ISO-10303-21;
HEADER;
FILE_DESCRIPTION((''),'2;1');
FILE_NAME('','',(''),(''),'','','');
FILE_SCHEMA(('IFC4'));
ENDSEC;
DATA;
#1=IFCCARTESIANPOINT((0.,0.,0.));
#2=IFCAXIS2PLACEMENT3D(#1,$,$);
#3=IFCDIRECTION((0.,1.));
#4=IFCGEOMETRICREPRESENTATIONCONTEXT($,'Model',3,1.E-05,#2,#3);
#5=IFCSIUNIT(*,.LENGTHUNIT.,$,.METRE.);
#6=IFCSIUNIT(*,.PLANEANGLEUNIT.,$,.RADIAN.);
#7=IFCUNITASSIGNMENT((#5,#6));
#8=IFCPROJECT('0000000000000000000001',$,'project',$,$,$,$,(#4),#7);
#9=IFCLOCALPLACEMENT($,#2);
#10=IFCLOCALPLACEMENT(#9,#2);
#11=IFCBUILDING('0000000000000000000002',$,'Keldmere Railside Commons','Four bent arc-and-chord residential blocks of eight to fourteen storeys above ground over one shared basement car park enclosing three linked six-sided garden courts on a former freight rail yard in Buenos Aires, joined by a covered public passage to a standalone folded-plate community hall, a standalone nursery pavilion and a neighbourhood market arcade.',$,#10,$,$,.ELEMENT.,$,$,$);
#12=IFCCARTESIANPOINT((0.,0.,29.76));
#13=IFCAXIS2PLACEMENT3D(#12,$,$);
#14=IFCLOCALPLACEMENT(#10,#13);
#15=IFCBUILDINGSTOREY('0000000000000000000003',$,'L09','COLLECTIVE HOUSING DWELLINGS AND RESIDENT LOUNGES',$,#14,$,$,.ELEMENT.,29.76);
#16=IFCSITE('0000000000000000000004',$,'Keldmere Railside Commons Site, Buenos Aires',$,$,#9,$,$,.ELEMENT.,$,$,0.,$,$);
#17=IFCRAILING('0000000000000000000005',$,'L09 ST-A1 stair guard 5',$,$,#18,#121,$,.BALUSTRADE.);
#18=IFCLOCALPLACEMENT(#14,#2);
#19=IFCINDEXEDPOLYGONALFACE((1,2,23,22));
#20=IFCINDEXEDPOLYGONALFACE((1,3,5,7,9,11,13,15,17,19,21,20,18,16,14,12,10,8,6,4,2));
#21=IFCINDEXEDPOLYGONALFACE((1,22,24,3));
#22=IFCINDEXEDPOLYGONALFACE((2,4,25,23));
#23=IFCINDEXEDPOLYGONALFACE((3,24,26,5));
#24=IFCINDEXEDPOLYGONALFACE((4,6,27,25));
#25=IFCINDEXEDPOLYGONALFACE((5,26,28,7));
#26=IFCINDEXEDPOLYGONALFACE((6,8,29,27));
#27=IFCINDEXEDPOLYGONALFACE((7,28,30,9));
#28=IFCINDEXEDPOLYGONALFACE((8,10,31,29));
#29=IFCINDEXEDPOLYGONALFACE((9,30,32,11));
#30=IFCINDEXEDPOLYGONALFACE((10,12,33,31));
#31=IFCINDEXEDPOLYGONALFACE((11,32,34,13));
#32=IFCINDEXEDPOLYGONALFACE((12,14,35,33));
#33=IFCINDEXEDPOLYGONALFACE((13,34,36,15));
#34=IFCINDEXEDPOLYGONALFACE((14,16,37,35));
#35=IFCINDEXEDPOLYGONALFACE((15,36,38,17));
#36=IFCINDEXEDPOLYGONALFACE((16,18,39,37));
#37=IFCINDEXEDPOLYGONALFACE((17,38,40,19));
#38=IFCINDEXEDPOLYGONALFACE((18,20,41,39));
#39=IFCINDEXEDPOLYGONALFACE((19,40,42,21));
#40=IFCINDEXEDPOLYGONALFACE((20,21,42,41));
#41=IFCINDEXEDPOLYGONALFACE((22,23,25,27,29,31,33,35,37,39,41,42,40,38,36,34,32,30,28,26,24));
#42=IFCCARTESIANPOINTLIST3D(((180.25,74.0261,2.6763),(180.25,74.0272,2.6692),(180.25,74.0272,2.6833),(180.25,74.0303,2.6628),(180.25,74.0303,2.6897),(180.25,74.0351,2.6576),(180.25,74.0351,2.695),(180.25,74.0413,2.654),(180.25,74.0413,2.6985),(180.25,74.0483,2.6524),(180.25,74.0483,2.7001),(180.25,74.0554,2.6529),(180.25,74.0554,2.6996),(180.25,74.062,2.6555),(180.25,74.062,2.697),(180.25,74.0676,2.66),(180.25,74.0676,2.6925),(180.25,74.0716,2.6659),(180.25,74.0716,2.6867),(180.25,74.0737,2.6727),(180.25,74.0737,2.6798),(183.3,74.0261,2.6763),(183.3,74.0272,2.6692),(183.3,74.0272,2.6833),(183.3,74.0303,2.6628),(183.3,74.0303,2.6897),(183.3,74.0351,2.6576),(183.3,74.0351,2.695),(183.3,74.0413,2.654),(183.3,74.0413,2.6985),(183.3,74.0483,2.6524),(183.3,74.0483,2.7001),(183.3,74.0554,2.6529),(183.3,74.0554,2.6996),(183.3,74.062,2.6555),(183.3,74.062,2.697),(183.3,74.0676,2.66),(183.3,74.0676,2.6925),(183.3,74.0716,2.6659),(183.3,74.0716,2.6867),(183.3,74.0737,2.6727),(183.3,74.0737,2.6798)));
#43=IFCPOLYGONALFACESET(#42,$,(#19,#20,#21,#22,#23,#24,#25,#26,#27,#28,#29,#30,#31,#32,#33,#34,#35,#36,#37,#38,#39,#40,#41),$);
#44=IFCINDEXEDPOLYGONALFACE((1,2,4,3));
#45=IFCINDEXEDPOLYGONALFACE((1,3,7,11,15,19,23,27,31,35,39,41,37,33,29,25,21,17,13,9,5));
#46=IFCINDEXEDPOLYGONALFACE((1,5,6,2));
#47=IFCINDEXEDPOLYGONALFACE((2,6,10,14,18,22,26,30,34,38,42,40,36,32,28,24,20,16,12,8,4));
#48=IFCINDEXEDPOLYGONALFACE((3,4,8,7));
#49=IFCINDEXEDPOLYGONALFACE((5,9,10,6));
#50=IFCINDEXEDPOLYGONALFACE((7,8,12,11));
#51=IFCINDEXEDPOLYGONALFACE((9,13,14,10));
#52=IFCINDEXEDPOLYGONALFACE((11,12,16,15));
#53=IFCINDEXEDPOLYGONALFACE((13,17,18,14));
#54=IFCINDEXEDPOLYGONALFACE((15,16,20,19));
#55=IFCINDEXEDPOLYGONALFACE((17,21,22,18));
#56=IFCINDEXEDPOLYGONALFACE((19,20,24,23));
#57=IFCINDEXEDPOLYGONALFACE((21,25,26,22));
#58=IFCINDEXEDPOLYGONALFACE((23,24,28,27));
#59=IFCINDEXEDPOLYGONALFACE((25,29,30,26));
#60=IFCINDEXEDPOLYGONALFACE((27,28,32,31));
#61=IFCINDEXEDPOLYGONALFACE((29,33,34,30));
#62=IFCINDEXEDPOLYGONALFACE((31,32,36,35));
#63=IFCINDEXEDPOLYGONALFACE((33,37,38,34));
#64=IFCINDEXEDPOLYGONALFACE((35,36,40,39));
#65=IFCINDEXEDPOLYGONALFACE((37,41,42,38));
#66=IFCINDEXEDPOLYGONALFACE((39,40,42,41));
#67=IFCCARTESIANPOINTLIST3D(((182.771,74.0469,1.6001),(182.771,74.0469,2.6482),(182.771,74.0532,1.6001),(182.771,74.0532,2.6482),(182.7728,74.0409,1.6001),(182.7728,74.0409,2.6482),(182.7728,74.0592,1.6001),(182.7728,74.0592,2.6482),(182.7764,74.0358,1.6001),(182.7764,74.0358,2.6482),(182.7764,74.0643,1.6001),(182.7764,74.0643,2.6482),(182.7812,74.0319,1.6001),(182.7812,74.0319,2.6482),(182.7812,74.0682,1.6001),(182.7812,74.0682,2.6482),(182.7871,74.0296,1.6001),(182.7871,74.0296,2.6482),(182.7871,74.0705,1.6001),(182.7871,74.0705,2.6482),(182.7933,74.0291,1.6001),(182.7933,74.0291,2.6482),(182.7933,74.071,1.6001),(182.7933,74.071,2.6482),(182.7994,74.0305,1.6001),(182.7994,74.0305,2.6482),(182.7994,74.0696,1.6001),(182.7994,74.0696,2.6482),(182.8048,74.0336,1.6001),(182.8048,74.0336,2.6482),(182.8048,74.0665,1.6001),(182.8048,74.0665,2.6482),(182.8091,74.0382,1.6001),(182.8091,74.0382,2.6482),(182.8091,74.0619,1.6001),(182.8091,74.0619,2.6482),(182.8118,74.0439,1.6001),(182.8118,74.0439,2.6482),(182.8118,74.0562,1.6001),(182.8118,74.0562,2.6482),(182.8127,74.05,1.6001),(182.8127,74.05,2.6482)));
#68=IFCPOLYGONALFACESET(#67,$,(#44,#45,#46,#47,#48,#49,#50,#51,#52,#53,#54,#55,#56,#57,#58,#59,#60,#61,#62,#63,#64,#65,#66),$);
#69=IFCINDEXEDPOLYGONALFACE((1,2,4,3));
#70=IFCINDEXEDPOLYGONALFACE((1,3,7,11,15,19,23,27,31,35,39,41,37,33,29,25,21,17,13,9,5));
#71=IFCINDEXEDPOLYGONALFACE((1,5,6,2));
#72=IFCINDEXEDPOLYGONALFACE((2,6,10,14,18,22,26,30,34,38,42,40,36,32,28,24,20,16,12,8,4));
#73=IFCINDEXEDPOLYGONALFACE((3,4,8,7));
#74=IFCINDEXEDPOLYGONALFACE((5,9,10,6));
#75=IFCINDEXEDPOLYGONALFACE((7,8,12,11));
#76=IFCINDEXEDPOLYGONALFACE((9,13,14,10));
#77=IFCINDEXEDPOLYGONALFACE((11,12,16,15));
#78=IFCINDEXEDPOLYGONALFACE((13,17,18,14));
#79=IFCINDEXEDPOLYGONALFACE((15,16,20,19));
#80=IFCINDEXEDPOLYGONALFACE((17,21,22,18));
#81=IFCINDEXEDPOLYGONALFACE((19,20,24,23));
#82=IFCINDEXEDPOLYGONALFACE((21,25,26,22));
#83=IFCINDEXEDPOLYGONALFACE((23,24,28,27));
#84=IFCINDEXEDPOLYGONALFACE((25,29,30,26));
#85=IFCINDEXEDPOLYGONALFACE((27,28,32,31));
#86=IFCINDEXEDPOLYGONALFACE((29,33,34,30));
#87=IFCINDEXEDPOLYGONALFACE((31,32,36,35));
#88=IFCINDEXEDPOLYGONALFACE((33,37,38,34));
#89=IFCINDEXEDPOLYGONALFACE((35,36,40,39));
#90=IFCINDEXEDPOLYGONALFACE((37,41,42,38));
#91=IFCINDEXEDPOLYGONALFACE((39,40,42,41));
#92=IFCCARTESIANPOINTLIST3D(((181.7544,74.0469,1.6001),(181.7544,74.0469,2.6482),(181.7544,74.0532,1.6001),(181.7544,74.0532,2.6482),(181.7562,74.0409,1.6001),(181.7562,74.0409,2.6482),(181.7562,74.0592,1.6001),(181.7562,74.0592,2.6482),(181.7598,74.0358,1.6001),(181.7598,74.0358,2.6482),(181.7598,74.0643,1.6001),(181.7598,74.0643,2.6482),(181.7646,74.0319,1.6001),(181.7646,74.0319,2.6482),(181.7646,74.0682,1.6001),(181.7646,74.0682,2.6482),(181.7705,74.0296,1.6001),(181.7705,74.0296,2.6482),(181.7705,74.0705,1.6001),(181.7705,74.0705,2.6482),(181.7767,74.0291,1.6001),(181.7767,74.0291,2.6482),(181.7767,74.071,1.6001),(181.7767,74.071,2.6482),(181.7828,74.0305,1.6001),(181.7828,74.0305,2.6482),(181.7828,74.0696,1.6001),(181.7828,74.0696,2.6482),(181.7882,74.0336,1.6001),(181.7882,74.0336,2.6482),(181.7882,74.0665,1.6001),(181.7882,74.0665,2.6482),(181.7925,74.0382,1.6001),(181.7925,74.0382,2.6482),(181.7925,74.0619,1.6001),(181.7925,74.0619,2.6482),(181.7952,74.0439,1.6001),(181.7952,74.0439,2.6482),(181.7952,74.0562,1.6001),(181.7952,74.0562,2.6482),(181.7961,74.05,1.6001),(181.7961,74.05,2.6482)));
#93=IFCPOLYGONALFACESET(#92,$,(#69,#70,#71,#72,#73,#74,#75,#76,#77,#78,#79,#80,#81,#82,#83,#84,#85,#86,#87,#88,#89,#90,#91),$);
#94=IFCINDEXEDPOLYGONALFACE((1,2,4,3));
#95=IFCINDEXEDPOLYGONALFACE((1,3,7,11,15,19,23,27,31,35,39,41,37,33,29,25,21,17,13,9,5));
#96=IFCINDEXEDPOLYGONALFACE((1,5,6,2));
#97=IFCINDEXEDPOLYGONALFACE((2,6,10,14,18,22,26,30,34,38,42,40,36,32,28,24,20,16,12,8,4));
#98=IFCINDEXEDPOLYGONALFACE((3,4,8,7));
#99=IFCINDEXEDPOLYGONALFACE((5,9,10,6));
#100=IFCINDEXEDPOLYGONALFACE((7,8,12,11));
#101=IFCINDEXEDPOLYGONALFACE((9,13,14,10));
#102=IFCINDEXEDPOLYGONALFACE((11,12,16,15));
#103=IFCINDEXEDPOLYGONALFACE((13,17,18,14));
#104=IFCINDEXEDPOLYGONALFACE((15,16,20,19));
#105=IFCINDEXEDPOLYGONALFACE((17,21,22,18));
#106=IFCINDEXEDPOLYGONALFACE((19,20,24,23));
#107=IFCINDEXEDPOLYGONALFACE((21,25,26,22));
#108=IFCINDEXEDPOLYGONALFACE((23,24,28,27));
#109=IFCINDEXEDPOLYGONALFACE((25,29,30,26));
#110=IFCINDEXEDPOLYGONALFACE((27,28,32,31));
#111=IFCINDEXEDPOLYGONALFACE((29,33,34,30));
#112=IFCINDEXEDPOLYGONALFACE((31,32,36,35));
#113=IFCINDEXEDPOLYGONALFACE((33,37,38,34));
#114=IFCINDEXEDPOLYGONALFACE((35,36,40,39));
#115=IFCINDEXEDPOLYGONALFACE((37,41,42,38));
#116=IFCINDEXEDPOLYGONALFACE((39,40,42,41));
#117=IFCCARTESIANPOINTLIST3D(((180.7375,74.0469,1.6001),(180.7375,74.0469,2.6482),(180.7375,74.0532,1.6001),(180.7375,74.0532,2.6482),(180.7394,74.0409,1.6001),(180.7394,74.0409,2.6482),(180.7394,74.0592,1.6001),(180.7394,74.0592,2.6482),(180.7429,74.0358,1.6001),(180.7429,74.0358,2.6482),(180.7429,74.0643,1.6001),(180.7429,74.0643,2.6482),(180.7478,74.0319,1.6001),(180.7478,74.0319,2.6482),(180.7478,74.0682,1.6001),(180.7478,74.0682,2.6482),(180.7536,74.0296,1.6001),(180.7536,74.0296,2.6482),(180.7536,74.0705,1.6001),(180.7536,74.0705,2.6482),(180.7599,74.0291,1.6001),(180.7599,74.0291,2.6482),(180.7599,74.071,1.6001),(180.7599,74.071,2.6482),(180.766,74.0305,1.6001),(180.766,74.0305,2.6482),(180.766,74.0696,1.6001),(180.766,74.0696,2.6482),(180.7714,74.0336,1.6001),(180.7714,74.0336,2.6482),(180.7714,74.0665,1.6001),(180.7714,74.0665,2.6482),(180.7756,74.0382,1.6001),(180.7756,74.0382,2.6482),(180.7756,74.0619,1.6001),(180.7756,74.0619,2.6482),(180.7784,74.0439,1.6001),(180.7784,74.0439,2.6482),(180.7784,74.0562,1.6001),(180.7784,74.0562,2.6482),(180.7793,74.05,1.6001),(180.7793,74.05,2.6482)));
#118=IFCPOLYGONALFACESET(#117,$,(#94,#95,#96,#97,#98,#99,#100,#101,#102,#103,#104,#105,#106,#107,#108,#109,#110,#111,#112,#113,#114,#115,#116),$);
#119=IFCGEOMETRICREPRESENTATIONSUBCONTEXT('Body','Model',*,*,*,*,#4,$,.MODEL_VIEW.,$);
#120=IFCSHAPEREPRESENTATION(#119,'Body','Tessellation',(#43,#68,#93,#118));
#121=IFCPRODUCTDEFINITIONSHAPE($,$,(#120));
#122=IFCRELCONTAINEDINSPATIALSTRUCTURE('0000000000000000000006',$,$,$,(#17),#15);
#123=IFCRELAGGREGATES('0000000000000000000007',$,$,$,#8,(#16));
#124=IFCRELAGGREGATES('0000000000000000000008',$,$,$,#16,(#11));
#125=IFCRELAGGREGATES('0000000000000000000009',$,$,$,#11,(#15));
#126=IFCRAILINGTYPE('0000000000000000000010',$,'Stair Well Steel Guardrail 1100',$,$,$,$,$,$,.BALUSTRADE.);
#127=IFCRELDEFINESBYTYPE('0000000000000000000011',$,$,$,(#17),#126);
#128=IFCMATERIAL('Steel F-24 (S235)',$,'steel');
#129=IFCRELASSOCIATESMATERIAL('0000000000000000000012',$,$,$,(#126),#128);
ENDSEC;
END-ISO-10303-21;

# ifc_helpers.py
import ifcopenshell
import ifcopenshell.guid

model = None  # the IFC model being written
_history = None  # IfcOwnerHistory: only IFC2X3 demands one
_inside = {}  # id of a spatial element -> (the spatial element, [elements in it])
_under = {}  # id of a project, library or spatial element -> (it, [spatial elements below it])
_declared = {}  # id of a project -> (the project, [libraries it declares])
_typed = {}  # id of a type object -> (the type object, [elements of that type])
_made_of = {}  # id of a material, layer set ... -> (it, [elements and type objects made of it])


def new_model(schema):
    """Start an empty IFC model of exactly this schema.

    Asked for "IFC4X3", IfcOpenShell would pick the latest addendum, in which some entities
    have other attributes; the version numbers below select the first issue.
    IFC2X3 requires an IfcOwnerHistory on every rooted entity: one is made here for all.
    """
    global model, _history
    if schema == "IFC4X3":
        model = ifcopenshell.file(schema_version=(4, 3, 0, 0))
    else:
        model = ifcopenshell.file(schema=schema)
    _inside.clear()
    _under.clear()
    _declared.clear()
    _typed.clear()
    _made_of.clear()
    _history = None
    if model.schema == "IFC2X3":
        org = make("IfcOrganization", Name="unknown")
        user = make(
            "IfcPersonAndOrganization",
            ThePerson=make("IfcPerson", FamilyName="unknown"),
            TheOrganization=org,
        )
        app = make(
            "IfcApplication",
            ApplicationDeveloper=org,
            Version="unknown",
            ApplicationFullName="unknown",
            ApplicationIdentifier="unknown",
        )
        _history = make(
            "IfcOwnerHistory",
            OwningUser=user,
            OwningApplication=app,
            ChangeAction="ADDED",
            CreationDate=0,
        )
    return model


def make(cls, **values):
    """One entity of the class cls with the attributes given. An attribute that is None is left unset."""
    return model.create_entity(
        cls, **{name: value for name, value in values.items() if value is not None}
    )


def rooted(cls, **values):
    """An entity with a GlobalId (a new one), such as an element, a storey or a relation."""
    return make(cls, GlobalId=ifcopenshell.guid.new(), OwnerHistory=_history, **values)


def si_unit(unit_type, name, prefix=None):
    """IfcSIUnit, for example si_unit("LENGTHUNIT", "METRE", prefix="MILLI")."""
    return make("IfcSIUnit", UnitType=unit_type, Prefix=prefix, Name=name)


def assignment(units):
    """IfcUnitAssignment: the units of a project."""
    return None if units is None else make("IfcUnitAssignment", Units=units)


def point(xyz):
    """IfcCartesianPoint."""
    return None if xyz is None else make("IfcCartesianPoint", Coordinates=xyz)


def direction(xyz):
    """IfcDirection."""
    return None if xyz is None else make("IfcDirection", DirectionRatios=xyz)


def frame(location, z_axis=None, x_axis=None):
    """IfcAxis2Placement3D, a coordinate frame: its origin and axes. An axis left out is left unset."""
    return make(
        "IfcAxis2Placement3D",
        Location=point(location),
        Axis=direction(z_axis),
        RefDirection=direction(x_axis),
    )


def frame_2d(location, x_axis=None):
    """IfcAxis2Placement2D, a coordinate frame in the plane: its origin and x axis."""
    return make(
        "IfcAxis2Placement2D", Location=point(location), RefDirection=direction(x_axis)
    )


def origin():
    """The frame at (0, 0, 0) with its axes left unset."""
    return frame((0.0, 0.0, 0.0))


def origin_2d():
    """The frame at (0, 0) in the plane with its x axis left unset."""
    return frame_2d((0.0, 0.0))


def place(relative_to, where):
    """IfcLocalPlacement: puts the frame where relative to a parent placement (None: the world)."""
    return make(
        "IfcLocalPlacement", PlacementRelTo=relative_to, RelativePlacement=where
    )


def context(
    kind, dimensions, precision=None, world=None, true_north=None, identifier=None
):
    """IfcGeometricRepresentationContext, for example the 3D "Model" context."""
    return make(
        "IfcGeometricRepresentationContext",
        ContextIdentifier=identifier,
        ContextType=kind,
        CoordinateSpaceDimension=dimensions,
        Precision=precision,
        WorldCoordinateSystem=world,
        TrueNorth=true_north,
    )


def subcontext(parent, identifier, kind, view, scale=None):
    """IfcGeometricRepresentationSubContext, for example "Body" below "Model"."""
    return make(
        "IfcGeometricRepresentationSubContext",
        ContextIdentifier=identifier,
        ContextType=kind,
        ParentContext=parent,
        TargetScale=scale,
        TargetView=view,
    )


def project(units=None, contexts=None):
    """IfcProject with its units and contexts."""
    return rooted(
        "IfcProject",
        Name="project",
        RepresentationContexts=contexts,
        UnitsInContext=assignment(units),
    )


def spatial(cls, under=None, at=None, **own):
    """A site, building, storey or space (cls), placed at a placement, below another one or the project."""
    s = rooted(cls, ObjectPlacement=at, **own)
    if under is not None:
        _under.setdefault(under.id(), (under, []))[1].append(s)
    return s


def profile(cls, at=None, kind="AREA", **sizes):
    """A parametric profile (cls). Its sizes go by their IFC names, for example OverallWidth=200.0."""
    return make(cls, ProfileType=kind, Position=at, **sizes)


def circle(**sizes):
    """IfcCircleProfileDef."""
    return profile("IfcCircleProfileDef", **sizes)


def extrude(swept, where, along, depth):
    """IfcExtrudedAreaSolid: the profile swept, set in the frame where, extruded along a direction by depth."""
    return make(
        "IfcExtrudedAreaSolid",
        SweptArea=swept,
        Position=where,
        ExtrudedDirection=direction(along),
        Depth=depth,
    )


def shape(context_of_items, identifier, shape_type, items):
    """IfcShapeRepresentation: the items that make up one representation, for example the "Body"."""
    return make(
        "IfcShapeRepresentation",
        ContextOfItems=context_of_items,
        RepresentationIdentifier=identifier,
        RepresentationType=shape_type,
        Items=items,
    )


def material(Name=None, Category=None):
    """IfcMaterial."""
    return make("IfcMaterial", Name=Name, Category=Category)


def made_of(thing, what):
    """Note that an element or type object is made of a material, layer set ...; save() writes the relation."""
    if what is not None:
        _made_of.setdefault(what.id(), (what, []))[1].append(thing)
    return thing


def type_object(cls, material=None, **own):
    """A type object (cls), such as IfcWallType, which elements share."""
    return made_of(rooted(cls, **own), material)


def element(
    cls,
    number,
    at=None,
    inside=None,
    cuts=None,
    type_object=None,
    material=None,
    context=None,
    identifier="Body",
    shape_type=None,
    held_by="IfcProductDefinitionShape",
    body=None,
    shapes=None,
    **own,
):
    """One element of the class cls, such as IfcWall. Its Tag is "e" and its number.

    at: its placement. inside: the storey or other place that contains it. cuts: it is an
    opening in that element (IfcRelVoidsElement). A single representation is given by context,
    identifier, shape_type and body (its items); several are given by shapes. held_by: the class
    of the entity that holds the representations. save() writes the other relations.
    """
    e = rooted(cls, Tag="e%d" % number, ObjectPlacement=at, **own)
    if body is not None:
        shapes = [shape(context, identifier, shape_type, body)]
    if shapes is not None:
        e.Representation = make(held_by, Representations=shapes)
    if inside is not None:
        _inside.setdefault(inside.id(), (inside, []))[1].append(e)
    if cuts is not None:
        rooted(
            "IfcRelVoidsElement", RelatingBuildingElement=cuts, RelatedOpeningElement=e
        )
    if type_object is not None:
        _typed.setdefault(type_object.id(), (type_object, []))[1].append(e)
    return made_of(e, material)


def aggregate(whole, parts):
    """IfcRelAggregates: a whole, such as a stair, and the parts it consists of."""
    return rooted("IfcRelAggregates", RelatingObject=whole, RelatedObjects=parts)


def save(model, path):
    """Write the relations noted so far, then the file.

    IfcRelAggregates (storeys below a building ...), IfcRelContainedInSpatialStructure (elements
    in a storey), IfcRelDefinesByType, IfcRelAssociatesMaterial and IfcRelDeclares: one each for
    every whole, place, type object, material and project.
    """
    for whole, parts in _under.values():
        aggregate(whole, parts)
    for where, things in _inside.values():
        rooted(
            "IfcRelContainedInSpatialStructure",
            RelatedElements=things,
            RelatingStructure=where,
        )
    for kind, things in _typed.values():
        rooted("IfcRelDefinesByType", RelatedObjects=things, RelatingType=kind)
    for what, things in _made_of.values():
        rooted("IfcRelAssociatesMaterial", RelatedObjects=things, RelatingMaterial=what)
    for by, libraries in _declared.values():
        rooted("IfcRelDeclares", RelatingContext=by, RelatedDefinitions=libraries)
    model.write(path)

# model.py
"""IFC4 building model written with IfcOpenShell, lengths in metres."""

from ifc_helpers import new_model, si_unit, direction, frame, origin, origin_2d, place, context, subcontext, project, spatial, circle, extrude, material, type_object, element, save


model = new_model("IFC4")

# Units and contexts
model_context = context("Model", 3, precision=1e-05, world=origin(), true_north=direction((0.0, 1.0)))
body_context = subcontext(model_context, "Body", "Model", "MODEL_VIEW")
ifc_project = project(units=[si_unit("LENGTHUNIT", "METRE"), si_unit("PLANEANGLEUNIT", "RADIAN")], contexts=[model_context])

# Site, building, storey
site_placement = place(None, origin())
site = spatial("IfcSite", under=ifc_project, at=site_placement, Name="Keldmere Railside Commons Site, Buenos Aires", CompositionType="ELEMENT", RefElevation=0.0)
building_placement = place(site_placement, origin())
building = spatial("IfcBuilding", under=site, at=building_placement, Name="Keldmere Railside Commons", Description="Four bent arc-and-chord residential blocks of eight to fourteen storeys above ground over one shared basement car park enclosing three linked six-sided garden courts on a former freight rail yard in Buenos Aires, joined by a covered public passage to a standalone folded-plate community hall, a standalone nursery pavilion and a neighbourhood market arcade.", CompositionType="ELEMENT")
storey_placement = place(building_placement, frame((0.0, 0.0, 29.76)))
storey = spatial("IfcBuildingStorey", under=building, at=storey_placement, Name="L09", Description="COLLECTIVE HOUSING DWELLINGS AND RESIDENT LOUNGES", CompositionType="ELEMENT", Elevation=29.76)

# Shared definitions
ifc_material_1 = material(Name="Steel F-24 (S235)", Category="steel")

# Railing
railing_type_1 = type_object("IfcRailingType", Name="Stair Well Steel Guardrail 1100", PredefinedType="BALUSTRADE", material=ifc_material_1)
railing_1_placement = place(storey_placement, frame((183.3, 74.05, 1.6001)))
element("IfcRailing", 1, at=railing_1_placement, inside=storey, type_object=railing_type_1, Name="L09 ST-A1 stair guard 5", PredefinedType="BALUSTRADE", context=body_context, shape_type="SweptSolid", body=[
    extrude(circle(Radius=0.0239, at=origin_2d()), frame((0.0, 0.0, 1.0762), z_axis=(-1.0, 0.0, 0.0), x_axis=(0.0, -1.0, 0.0)), (0.0, 0.0, 1.0), 3.05),
    extrude(circle(Radius=0.021, at=origin_2d()), frame((-0.5083, 0.0, 0.0)), (0.0, 0.0, 1.0), 1.0481),
    extrude(circle(Radius=0.021, at=origin_2d()), frame((-1.5249, 0.0, 0.0)), (0.0, 0.0, 1.0), 1.0481),
    extrude(circle(Radius=0.021, at=origin_2d()), frame((-2.5417, 0.0, 0.0)), (0.0, 0.0, 1.0), 1.0481),
])

save(model, "model.ifc")
